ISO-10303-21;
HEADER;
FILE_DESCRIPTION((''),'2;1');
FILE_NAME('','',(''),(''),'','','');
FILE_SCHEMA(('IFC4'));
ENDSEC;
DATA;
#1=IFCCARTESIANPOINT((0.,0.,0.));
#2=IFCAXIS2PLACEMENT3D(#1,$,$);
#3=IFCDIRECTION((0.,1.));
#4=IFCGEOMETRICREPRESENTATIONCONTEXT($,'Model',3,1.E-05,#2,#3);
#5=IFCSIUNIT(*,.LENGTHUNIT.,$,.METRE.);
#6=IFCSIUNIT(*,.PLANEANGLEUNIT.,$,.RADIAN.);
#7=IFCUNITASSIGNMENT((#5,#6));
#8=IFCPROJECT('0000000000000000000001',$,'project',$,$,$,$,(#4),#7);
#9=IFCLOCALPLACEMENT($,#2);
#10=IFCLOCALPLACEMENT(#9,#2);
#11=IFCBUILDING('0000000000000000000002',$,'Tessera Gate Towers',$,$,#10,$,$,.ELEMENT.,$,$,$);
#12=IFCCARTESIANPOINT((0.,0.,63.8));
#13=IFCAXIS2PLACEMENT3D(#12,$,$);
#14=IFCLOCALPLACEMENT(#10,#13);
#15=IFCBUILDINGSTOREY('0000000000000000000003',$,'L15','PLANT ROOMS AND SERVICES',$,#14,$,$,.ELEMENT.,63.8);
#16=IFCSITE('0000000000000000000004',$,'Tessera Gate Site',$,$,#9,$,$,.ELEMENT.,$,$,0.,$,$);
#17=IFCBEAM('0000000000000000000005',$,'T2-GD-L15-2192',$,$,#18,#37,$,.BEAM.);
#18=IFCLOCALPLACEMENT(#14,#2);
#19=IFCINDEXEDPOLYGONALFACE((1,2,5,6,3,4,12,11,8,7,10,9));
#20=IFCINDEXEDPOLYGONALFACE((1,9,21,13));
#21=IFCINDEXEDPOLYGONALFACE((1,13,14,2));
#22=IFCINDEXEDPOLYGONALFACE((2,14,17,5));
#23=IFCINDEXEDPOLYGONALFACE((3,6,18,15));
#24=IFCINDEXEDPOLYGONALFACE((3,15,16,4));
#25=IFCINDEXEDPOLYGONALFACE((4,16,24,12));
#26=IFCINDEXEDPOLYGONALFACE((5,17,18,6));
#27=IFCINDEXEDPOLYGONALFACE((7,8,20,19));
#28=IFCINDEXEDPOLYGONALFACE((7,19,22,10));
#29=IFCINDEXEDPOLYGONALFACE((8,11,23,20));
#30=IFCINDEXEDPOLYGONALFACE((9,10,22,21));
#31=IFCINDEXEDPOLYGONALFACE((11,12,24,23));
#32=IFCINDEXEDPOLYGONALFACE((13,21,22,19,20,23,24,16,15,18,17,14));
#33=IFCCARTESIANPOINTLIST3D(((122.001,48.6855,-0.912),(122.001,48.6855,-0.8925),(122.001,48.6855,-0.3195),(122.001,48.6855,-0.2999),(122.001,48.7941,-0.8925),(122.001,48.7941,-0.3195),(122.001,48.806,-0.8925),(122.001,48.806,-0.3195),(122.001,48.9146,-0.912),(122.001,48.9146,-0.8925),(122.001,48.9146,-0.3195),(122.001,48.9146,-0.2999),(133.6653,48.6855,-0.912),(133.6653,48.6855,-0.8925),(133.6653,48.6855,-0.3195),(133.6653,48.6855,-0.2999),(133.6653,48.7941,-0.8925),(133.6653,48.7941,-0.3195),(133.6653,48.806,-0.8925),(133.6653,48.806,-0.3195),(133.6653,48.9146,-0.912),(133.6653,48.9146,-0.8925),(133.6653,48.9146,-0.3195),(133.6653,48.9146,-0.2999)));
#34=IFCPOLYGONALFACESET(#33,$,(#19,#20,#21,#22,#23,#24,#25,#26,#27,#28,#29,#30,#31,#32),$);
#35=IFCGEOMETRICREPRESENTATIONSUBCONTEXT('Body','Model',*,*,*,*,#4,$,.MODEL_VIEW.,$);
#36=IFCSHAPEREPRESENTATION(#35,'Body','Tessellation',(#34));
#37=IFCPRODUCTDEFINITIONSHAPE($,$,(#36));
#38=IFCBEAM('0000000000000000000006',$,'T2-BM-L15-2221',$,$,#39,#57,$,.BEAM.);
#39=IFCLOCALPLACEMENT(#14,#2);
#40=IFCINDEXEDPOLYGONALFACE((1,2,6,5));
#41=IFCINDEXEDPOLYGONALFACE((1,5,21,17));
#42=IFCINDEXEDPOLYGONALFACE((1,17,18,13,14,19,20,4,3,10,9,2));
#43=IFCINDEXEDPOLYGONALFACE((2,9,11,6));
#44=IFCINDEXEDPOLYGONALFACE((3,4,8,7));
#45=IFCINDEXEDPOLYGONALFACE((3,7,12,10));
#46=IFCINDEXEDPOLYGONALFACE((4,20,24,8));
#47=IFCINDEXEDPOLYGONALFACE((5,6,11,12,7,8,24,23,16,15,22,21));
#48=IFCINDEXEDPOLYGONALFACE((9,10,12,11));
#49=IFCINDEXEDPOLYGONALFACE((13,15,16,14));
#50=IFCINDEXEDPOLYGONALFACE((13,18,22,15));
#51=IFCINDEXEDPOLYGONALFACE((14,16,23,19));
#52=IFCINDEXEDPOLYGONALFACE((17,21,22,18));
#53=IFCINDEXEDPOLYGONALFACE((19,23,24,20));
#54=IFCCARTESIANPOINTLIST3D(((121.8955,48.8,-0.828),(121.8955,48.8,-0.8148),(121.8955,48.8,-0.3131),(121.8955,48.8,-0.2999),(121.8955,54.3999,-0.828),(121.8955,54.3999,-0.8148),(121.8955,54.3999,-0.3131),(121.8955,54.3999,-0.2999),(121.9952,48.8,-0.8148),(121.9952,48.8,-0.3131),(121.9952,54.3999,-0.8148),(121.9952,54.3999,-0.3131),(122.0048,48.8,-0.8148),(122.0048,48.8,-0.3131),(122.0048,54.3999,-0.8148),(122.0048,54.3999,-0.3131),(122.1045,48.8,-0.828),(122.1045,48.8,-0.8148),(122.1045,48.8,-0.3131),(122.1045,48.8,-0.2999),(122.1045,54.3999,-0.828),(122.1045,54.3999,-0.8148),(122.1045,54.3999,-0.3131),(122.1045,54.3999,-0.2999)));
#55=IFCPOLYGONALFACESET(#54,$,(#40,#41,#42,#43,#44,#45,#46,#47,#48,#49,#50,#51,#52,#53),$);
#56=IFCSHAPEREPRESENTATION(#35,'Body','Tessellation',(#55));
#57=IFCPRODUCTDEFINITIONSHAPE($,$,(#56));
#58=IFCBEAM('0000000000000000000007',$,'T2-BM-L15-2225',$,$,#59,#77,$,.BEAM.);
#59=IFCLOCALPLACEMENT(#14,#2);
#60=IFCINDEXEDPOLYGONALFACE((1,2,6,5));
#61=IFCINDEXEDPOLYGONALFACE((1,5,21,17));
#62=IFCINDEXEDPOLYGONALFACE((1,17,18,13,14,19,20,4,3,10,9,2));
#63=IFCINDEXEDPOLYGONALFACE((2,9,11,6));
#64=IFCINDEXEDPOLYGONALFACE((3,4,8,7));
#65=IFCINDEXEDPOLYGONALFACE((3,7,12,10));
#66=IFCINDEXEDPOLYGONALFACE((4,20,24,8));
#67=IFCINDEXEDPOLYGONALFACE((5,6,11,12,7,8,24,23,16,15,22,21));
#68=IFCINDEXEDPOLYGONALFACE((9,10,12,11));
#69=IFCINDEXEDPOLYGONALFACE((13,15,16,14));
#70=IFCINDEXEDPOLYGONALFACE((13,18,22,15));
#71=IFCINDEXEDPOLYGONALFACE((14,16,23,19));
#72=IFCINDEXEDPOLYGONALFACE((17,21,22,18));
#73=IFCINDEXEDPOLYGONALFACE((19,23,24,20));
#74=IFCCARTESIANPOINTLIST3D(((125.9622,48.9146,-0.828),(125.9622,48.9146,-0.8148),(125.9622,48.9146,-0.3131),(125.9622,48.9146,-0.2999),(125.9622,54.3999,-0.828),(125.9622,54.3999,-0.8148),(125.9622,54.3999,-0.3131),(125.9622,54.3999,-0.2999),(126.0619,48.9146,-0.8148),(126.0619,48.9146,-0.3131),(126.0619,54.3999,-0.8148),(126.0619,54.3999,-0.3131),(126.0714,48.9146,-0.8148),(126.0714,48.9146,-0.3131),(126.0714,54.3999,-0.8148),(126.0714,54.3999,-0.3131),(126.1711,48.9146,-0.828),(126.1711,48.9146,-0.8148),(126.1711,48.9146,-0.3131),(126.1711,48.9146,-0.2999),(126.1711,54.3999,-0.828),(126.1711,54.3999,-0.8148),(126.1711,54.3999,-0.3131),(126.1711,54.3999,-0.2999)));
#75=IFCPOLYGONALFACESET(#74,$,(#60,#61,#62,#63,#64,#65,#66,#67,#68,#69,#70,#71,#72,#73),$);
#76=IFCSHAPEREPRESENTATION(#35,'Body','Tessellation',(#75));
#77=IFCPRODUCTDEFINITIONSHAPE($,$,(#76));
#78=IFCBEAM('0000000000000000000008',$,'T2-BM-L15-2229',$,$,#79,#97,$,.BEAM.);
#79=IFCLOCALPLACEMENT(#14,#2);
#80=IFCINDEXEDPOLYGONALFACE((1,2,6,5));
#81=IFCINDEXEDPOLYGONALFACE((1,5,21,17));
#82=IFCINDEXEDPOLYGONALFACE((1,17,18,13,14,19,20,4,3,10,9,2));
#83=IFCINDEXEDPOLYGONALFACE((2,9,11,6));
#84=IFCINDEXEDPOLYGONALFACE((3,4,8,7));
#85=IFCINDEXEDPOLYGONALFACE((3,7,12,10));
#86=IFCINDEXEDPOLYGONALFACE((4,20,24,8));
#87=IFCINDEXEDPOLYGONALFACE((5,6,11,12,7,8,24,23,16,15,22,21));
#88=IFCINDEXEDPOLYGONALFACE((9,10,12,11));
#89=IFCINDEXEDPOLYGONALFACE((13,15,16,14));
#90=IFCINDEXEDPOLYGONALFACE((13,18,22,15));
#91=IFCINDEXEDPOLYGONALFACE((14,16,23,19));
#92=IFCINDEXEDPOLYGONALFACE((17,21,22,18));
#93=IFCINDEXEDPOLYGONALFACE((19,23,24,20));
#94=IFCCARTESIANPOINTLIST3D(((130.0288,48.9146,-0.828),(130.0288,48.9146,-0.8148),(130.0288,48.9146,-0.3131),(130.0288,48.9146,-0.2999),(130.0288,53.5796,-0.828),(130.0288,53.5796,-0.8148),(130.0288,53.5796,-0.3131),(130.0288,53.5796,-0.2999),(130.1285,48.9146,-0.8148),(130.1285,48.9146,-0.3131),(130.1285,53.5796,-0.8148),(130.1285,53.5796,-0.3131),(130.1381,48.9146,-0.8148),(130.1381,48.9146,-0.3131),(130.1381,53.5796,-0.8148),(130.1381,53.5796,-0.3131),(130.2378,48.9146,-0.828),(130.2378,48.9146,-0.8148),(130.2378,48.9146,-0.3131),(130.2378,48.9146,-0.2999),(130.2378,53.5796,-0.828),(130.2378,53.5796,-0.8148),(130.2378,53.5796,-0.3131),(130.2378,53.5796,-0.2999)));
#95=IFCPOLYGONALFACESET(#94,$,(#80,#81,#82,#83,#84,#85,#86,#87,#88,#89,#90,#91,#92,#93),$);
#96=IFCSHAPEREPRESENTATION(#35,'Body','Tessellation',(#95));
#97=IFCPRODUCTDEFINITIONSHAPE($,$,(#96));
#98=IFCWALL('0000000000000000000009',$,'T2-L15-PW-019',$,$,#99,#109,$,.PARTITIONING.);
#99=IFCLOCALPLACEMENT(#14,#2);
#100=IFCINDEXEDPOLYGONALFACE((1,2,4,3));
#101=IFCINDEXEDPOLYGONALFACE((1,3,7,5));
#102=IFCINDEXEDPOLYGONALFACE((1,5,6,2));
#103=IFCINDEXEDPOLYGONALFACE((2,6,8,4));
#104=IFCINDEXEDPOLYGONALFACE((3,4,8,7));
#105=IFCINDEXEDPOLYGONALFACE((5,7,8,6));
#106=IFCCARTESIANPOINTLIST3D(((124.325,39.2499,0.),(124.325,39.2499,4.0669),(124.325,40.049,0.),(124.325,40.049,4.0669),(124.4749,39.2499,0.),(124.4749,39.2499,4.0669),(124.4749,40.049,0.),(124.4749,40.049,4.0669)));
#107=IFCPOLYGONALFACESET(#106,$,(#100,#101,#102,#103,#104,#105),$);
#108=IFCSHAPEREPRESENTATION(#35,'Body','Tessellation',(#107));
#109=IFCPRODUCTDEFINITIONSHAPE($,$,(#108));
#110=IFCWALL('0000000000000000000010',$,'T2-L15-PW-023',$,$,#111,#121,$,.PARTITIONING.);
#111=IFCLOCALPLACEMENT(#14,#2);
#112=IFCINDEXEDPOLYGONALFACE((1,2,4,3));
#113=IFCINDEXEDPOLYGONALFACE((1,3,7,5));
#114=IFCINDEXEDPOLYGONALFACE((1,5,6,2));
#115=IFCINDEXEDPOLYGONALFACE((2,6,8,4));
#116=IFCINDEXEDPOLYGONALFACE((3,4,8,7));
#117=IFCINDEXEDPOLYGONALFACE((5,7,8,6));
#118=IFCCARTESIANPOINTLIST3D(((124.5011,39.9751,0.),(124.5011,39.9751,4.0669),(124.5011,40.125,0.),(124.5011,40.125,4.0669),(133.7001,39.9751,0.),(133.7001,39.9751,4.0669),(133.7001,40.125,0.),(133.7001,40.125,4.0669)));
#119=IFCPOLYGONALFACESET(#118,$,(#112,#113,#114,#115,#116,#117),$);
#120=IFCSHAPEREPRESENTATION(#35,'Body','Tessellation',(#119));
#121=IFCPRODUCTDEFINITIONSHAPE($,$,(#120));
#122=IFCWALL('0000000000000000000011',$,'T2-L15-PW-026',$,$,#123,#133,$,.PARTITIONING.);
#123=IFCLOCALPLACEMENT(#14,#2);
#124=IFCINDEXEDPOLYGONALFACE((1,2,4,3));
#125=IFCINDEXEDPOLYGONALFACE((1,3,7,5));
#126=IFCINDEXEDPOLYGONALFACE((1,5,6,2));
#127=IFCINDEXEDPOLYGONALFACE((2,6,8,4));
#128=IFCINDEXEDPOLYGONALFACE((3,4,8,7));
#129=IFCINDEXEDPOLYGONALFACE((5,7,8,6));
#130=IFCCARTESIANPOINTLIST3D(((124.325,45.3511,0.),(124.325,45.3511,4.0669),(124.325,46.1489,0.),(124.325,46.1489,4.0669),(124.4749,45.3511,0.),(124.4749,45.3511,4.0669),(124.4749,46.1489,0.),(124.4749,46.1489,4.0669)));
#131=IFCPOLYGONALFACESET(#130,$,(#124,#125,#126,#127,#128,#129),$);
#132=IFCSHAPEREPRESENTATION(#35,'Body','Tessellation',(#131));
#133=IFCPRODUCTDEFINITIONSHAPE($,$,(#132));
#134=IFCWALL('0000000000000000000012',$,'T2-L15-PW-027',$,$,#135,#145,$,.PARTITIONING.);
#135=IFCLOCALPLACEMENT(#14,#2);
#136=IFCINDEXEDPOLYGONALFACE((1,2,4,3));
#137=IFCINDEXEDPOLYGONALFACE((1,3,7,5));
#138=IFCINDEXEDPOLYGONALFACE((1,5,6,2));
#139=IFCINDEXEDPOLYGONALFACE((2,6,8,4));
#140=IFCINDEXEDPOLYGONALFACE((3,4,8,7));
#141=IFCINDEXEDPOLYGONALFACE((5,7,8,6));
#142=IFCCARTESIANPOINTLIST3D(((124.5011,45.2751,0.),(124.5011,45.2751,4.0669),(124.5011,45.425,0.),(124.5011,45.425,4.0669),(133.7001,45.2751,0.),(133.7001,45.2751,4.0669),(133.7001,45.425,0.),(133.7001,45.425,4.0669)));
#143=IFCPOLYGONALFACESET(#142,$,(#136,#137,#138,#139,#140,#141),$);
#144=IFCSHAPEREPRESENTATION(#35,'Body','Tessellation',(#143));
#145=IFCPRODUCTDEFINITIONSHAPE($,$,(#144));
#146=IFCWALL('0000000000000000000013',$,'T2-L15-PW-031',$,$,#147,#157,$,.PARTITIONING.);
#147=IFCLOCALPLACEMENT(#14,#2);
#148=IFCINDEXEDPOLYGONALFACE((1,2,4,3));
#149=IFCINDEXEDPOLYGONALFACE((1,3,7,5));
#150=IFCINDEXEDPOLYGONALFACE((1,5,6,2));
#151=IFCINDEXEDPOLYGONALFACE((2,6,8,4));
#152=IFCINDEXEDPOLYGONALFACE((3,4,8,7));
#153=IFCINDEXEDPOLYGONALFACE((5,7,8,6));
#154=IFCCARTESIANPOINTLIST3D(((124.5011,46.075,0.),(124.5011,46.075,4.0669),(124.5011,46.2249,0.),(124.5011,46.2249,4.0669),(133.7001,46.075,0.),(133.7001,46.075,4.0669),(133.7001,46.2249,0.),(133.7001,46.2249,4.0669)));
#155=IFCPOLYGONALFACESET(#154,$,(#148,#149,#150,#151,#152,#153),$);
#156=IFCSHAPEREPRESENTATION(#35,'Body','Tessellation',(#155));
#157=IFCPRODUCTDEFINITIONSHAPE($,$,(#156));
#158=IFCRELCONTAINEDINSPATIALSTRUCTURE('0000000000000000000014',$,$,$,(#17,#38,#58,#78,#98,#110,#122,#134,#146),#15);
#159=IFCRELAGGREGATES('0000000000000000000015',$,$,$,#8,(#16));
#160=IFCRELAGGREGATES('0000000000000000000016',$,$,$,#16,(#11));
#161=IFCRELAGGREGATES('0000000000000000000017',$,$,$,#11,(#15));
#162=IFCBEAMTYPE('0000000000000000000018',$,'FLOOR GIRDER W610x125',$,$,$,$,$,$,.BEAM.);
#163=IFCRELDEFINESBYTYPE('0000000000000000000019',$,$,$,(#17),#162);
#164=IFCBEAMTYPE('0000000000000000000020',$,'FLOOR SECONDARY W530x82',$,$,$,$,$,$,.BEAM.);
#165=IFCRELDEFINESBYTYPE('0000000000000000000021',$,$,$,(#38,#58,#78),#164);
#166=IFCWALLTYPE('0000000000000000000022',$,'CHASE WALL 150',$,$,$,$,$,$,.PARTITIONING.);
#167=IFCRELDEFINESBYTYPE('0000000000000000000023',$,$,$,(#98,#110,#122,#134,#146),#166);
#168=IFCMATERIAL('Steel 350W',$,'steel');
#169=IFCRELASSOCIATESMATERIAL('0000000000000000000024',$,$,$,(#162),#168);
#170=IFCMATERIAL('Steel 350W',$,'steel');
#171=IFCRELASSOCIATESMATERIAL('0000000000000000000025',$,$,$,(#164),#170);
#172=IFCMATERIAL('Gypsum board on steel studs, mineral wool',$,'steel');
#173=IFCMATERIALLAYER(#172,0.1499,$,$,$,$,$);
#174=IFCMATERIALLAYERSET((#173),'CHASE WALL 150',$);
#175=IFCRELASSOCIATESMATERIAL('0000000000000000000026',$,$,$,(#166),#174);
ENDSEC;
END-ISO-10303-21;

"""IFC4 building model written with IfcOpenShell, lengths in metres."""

from ifc_helpers import new_model, si_unit, direction, frame, frame_2d, origin, origin_2d, place, context, subcontext, project, spatial, rectangle, i_section, extrude, material, layer, layer_set, material_profile, profile_set, type_object, element, save


model = new_model("IFC4")

# Units and contexts
model_context = context("Model", 3, precision=1e-05, world=origin(), true_north=direction((0.0, 1.0)))
body_context = subcontext(model_context, "Body", "Model", "MODEL_VIEW")
ifc_project = project(units=[si_unit("LENGTHUNIT", "METRE"), si_unit("PLANEANGLEUNIT", "RADIAN")], contexts=[model_context])

# Site, building, storey
site_placement = place(None, origin())
site = spatial("IfcSite", under=ifc_project, at=site_placement, Name="Tessera Gate Site", CompositionType="ELEMENT", RefElevation=0.0)
building_placement = place(site_placement, origin())
building = spatial("IfcBuilding", under=site, at=building_placement, Name="Tessera Gate Towers", CompositionType="ELEMENT")
storey_placement = place(building_placement, frame((0.0, 0.0, 63.8)))
storey = spatial("IfcBuildingStorey", under=building, at=storey_placement, Name="L15", Description="PLANT ROOMS AND SERVICES", CompositionType="ELEMENT", Elevation=63.8)

# Beams
ifc_material_1 = material(Name="Steel 350W", Category="steel")
ifc_material_profile_1 = material_profile(ifc_material_1, i_section(OverallWidth=0.229, OverallDepth=0.6121, WebThickness=0.012, FlangeThickness=0.0195, at=origin_2d()), Name="W610x125")
ifc_profile_set_1 = profile_set([ifc_material_profile_1], Name="Steel 350W")
beam_type_1 = type_object("IfcBeamType", Name="FLOOR GIRDER W610x125", PredefinedType="BEAM", material=ifc_profile_set_1)
beam_1_placement = place(storey_placement, frame((122.001, 48.8, -0.606), z_axis=(1.0, 0.0, 0.0), x_axis=(0.0, 1.0, 0.0)))
element("IfcBeam", 1, at=beam_1_placement, inside=storey, type_object=beam_type_1, Name="T2-GD-L15-2192", PredefinedType="BEAM", context=body_context, shape_type="SweptSolid", body=[
    extrude(i_section(OverallWidth=0.229, OverallDepth=0.6121, WebThickness=0.012, FlangeThickness=0.0195, at=origin_2d()), origin(), (0.0, 0.0, 1.0), 11.6643),
])
ifc_material_2 = material(Name="Steel 350W", Category="steel")
ifc_material_profile_2 = material_profile(ifc_material_2, i_section(OverallWidth=0.209, OverallDepth=0.5281, WebThickness=0.0095, FlangeThickness=0.0132, at=origin_2d()), Name="W530x82")
ifc_profile_set_2 = profile_set([ifc_material_profile_2], Name="Steel 350W")
beam_type_2 = type_object("IfcBeamType", Name="FLOOR SECONDARY W530x82", PredefinedType="BEAM", material=ifc_profile_set_2)
beam_2_placement = place(storey_placement, frame((122.0, 48.8, -0.564), z_axis=(0.0, 1.0, 0.0), x_axis=(-1.0, 0.0, 0.0)))
element("IfcBeam", 2, at=beam_2_placement, inside=storey, type_object=beam_type_2, Name="T2-BM-L15-2221", PredefinedType="BEAM", context=body_context, shape_type="SweptSolid", body=[
    extrude(i_section(OverallWidth=0.209, OverallDepth=0.5281, WebThickness=0.0095, FlangeThickness=0.0132, at=origin_2d()), origin(), (0.0, 0.0, 1.0), 5.5999),
])
beam_3_placement = place(storey_placement, frame((126.0667, 48.9146, -0.564), z_axis=(0.0, 1.0, 0.0), x_axis=(-1.0, 0.0, 0.0)))
element("IfcBeam", 3, at=beam_3_placement, inside=storey, type_object=beam_type_2, Name="T2-BM-L15-2225", PredefinedType="BEAM", context=body_context, shape_type="SweptSolid", body=[
    extrude(i_section(OverallWidth=0.209, OverallDepth=0.5281, WebThickness=0.0095, FlangeThickness=0.0132, at=origin_2d()), origin(), (0.0, 0.0, 1.0), 5.4854),
])
beam_4_placement = place(storey_placement, frame((130.1333, 48.9146, -0.564), z_axis=(0.0, 1.0, 0.0), x_axis=(-1.0, 0.0, 0.0)))
element("IfcBeam", 4, at=beam_4_placement, inside=storey, type_object=beam_type_2, Name="T2-BM-L15-2229", PredefinedType="BEAM", context=body_context, shape_type="SweptSolid", body=[
    extrude(i_section(OverallWidth=0.209, OverallDepth=0.5281, WebThickness=0.0095, FlangeThickness=0.0132, at=origin_2d()), origin(), (0.0, 0.0, 1.0), 4.665),
])

# Walls
ifc_material_3 = material(Name="Gypsum board on steel studs, mineral wool", Category="steel")
ifc_layer_1 = layer(ifc_material_3, 0.1499)
ifc_layer_set_1 = layer_set([ifc_layer_1], Name="CHASE WALL 150")
wall_type_1 = type_object("IfcWallType", Name="CHASE WALL 150", PredefinedType="PARTITIONING", material=ifc_layer_set_1)
wall_1_placement = place(storey_placement, frame((124.3999, 39.25, 0.0), z_axis=(0.0, 0.0, 1.0), x_axis=(0.0, 1.0, 0.0)))
element("IfcWall", 5, at=wall_1_placement, inside=storey, type_object=wall_type_1, Name="T2-L15-PW-019", PredefinedType="PARTITIONING", context=body_context, shape_type="SweptSolid", body=[
    extrude(rectangle(XDim=0.7991, YDim=0.1499, at=frame_2d((0.3994, 0.0))), origin(), (0.0, 0.0, 1.0), 4.0669),
])
wall_2_placement = place(storey_placement, frame((124.501, 40.05, 0.0), z_axis=(0.0, 0.0, 1.0), x_axis=(1.0, 0.0, 0.0)))
element("IfcWall", 6, at=wall_2_placement, inside=storey, type_object=wall_type_1, Name="T2-L15-PW-023", PredefinedType="PARTITIONING", context=body_context, shape_type="SweptSolid", body=[
    extrude(rectangle(XDim=9.199, YDim=0.1499, at=frame_2d((4.5996, 0.0))), origin(), (0.0, 0.0, 1.0), 4.0669),
])
wall_3_placement = place(storey_placement, frame((124.3999, 45.3511, 0.0), z_axis=(0.0, 0.0, 1.0), x_axis=(0.0, 1.0, 0.0)))
element("IfcWall", 7, at=wall_3_placement, inside=storey, type_object=wall_type_1, Name="T2-L15-PW-026", PredefinedType="PARTITIONING", context=body_context, shape_type="SweptSolid", body=[
    extrude(rectangle(XDim=0.7979, YDim=0.1499, at=frame_2d((0.3989, 0.0))), origin(), (0.0, 0.0, 1.0), 4.0669),
])
for number, where, z_axis, x_axis, name in (
    (8, (124.501, 45.3501, 0.0), (0.0, 0.0, 1.0), (1.0, 0.0, 0.0), "T2-L15-PW-027"),
    (9, (124.501, 46.1499, 0.0), (0.0, 0.0, 1.0), (1.0, 0.0, 0.0), "T2-L15-PW-031"),
):
    element("IfcWall", number, at=place(storey_placement, frame(where, z_axis=z_axis, x_axis=x_axis)), inside=storey, type_object=wall_type_1, Name=name, PredefinedType="PARTITIONING", context=body_context, shape_type="SweptSolid", body=[
        extrude(rectangle(XDim=9.199, YDim=0.1499, at=frame_2d((4.5996, 0.0))), origin(), (0.0, 0.0, 1.0), 4.0669),
    ])

save(model, "model.ifc")
